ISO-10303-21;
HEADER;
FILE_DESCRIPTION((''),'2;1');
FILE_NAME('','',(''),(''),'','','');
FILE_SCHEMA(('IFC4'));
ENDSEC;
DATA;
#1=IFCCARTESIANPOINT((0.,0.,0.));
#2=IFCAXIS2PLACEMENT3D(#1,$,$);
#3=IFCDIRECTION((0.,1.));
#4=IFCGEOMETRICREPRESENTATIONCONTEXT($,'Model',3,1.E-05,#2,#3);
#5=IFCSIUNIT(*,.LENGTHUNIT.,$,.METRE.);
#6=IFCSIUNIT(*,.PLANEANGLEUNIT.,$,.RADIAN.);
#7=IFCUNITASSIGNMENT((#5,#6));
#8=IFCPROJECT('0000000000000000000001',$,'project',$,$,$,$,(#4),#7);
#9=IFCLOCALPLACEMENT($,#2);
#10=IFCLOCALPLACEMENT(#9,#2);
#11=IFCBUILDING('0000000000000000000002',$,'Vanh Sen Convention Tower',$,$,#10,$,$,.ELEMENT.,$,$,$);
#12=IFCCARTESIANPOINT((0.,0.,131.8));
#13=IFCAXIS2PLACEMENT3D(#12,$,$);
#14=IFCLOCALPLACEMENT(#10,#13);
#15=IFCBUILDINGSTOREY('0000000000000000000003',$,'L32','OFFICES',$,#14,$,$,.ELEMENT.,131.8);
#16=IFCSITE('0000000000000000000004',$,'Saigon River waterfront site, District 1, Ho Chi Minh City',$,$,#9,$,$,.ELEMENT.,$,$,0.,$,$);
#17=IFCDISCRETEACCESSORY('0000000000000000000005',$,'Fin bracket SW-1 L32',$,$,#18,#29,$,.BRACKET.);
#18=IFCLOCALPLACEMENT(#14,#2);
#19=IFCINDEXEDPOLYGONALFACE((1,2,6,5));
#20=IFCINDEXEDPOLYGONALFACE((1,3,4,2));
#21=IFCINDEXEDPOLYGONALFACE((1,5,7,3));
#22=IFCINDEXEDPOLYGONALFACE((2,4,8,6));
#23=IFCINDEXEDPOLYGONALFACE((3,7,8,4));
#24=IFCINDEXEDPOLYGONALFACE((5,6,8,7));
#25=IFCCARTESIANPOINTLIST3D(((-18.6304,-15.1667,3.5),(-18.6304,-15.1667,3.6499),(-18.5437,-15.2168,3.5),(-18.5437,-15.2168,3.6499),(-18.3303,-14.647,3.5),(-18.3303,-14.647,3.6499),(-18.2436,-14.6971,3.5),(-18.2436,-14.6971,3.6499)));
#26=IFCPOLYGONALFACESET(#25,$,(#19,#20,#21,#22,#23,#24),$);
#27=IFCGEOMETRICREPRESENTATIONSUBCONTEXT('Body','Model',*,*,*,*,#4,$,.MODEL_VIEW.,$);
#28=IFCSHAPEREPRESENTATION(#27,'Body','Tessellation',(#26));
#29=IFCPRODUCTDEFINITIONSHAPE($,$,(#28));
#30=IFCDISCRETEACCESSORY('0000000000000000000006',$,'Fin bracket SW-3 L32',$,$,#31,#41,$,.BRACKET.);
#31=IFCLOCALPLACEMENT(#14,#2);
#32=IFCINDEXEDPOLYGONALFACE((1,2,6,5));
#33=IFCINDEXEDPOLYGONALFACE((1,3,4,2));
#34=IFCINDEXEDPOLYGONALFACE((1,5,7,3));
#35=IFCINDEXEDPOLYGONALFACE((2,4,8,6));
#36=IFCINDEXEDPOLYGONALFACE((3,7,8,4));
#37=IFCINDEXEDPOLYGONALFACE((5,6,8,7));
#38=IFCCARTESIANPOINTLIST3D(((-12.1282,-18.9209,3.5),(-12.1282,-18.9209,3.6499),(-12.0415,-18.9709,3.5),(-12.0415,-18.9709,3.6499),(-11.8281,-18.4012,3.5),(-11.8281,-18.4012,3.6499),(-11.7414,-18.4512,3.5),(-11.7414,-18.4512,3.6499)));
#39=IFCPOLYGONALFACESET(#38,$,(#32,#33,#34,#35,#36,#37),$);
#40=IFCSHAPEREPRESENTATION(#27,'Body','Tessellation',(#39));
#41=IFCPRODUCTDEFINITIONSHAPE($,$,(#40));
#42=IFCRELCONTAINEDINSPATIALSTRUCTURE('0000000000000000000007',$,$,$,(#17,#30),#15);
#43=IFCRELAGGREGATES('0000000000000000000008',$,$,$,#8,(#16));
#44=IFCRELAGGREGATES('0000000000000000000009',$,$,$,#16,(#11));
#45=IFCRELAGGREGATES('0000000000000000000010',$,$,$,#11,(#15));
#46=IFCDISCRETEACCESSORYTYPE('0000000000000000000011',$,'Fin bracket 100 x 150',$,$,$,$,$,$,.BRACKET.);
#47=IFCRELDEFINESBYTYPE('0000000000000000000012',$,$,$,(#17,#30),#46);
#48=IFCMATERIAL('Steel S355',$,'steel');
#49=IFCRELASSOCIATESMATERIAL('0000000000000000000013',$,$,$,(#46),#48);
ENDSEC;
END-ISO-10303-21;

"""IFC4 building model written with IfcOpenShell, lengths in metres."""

from ifc_helpers import new_model, si_unit, direction, frame, origin, origin_2d, place, context, subcontext, project, spatial, rectangle, extrude, material, type_object, element, save


model = new_model("IFC4")

# Units and contexts
model_context = context("Model", 3, precision=1e-05, world=origin(), true_north=direction((0.0, 1.0)))
body_context = subcontext(model_context, "Body", "Model", "MODEL_VIEW")
ifc_project = project(units=[si_unit("LENGTHUNIT", "METRE"), si_unit("PLANEANGLEUNIT", "RADIAN")], contexts=[model_context])

# Site, building, storey
site_placement = place(None, origin())
site = spatial("IfcSite", under=ifc_project, at=site_placement, Name="Saigon River waterfront site, District 1, Ho Chi Minh City", CompositionType="ELEMENT", RefElevation=0.0)
building_placement = place(site_placement, origin())
building = spatial("IfcBuilding", under=site, at=building_placement, Name="Vanh Sen Convention Tower", CompositionType="ELEMENT")
storey_placement = place(building_placement, frame((0.0, 0.0, 131.8)))
storey = spatial("IfcBuildingStorey", under=building, at=storey_placement, Name="L32", Description="OFFICES", CompositionType="ELEMENT", Elevation=131.8)

# Discrete accessories
ifc_material_1 = material(Name="Steel S355", Category="steel")
discrete_accessory_type = type_object("IfcDiscreteAccessoryType", Name="Fin bracket 100 x 150", PredefinedType="BRACKET", material=ifc_material_1)
for number, where, z_axis, x_axis, name in (
    (1, (-18.437, -14.9319, 3.5), (0.0, 0.0, 1.0), (-0.5, -0.866025, 0.0), "Fin bracket SW-1 L32"),
    (2, (-11.9348, -18.686, 3.5), (0.0, 0.0, 1.0), (-0.5, -0.866025, 0.0), "Fin bracket SW-3 L32"),
):
    element("IfcDiscreteAccessory", number, at=place(storey_placement, frame(where, z_axis=z_axis, x_axis=x_axis)), inside=storey, type_object=discrete_accessory_type, Name=name, PredefinedType="BRACKET", context=body_context, shape_type="SweptSolid", body=[
        extrude(rectangle(XDim=0.6001, YDim=0.1001, at=origin_2d()), origin(), (0.0, 0.0, 1.0), 0.1499),
    ])

save(model, "model.ifc")
